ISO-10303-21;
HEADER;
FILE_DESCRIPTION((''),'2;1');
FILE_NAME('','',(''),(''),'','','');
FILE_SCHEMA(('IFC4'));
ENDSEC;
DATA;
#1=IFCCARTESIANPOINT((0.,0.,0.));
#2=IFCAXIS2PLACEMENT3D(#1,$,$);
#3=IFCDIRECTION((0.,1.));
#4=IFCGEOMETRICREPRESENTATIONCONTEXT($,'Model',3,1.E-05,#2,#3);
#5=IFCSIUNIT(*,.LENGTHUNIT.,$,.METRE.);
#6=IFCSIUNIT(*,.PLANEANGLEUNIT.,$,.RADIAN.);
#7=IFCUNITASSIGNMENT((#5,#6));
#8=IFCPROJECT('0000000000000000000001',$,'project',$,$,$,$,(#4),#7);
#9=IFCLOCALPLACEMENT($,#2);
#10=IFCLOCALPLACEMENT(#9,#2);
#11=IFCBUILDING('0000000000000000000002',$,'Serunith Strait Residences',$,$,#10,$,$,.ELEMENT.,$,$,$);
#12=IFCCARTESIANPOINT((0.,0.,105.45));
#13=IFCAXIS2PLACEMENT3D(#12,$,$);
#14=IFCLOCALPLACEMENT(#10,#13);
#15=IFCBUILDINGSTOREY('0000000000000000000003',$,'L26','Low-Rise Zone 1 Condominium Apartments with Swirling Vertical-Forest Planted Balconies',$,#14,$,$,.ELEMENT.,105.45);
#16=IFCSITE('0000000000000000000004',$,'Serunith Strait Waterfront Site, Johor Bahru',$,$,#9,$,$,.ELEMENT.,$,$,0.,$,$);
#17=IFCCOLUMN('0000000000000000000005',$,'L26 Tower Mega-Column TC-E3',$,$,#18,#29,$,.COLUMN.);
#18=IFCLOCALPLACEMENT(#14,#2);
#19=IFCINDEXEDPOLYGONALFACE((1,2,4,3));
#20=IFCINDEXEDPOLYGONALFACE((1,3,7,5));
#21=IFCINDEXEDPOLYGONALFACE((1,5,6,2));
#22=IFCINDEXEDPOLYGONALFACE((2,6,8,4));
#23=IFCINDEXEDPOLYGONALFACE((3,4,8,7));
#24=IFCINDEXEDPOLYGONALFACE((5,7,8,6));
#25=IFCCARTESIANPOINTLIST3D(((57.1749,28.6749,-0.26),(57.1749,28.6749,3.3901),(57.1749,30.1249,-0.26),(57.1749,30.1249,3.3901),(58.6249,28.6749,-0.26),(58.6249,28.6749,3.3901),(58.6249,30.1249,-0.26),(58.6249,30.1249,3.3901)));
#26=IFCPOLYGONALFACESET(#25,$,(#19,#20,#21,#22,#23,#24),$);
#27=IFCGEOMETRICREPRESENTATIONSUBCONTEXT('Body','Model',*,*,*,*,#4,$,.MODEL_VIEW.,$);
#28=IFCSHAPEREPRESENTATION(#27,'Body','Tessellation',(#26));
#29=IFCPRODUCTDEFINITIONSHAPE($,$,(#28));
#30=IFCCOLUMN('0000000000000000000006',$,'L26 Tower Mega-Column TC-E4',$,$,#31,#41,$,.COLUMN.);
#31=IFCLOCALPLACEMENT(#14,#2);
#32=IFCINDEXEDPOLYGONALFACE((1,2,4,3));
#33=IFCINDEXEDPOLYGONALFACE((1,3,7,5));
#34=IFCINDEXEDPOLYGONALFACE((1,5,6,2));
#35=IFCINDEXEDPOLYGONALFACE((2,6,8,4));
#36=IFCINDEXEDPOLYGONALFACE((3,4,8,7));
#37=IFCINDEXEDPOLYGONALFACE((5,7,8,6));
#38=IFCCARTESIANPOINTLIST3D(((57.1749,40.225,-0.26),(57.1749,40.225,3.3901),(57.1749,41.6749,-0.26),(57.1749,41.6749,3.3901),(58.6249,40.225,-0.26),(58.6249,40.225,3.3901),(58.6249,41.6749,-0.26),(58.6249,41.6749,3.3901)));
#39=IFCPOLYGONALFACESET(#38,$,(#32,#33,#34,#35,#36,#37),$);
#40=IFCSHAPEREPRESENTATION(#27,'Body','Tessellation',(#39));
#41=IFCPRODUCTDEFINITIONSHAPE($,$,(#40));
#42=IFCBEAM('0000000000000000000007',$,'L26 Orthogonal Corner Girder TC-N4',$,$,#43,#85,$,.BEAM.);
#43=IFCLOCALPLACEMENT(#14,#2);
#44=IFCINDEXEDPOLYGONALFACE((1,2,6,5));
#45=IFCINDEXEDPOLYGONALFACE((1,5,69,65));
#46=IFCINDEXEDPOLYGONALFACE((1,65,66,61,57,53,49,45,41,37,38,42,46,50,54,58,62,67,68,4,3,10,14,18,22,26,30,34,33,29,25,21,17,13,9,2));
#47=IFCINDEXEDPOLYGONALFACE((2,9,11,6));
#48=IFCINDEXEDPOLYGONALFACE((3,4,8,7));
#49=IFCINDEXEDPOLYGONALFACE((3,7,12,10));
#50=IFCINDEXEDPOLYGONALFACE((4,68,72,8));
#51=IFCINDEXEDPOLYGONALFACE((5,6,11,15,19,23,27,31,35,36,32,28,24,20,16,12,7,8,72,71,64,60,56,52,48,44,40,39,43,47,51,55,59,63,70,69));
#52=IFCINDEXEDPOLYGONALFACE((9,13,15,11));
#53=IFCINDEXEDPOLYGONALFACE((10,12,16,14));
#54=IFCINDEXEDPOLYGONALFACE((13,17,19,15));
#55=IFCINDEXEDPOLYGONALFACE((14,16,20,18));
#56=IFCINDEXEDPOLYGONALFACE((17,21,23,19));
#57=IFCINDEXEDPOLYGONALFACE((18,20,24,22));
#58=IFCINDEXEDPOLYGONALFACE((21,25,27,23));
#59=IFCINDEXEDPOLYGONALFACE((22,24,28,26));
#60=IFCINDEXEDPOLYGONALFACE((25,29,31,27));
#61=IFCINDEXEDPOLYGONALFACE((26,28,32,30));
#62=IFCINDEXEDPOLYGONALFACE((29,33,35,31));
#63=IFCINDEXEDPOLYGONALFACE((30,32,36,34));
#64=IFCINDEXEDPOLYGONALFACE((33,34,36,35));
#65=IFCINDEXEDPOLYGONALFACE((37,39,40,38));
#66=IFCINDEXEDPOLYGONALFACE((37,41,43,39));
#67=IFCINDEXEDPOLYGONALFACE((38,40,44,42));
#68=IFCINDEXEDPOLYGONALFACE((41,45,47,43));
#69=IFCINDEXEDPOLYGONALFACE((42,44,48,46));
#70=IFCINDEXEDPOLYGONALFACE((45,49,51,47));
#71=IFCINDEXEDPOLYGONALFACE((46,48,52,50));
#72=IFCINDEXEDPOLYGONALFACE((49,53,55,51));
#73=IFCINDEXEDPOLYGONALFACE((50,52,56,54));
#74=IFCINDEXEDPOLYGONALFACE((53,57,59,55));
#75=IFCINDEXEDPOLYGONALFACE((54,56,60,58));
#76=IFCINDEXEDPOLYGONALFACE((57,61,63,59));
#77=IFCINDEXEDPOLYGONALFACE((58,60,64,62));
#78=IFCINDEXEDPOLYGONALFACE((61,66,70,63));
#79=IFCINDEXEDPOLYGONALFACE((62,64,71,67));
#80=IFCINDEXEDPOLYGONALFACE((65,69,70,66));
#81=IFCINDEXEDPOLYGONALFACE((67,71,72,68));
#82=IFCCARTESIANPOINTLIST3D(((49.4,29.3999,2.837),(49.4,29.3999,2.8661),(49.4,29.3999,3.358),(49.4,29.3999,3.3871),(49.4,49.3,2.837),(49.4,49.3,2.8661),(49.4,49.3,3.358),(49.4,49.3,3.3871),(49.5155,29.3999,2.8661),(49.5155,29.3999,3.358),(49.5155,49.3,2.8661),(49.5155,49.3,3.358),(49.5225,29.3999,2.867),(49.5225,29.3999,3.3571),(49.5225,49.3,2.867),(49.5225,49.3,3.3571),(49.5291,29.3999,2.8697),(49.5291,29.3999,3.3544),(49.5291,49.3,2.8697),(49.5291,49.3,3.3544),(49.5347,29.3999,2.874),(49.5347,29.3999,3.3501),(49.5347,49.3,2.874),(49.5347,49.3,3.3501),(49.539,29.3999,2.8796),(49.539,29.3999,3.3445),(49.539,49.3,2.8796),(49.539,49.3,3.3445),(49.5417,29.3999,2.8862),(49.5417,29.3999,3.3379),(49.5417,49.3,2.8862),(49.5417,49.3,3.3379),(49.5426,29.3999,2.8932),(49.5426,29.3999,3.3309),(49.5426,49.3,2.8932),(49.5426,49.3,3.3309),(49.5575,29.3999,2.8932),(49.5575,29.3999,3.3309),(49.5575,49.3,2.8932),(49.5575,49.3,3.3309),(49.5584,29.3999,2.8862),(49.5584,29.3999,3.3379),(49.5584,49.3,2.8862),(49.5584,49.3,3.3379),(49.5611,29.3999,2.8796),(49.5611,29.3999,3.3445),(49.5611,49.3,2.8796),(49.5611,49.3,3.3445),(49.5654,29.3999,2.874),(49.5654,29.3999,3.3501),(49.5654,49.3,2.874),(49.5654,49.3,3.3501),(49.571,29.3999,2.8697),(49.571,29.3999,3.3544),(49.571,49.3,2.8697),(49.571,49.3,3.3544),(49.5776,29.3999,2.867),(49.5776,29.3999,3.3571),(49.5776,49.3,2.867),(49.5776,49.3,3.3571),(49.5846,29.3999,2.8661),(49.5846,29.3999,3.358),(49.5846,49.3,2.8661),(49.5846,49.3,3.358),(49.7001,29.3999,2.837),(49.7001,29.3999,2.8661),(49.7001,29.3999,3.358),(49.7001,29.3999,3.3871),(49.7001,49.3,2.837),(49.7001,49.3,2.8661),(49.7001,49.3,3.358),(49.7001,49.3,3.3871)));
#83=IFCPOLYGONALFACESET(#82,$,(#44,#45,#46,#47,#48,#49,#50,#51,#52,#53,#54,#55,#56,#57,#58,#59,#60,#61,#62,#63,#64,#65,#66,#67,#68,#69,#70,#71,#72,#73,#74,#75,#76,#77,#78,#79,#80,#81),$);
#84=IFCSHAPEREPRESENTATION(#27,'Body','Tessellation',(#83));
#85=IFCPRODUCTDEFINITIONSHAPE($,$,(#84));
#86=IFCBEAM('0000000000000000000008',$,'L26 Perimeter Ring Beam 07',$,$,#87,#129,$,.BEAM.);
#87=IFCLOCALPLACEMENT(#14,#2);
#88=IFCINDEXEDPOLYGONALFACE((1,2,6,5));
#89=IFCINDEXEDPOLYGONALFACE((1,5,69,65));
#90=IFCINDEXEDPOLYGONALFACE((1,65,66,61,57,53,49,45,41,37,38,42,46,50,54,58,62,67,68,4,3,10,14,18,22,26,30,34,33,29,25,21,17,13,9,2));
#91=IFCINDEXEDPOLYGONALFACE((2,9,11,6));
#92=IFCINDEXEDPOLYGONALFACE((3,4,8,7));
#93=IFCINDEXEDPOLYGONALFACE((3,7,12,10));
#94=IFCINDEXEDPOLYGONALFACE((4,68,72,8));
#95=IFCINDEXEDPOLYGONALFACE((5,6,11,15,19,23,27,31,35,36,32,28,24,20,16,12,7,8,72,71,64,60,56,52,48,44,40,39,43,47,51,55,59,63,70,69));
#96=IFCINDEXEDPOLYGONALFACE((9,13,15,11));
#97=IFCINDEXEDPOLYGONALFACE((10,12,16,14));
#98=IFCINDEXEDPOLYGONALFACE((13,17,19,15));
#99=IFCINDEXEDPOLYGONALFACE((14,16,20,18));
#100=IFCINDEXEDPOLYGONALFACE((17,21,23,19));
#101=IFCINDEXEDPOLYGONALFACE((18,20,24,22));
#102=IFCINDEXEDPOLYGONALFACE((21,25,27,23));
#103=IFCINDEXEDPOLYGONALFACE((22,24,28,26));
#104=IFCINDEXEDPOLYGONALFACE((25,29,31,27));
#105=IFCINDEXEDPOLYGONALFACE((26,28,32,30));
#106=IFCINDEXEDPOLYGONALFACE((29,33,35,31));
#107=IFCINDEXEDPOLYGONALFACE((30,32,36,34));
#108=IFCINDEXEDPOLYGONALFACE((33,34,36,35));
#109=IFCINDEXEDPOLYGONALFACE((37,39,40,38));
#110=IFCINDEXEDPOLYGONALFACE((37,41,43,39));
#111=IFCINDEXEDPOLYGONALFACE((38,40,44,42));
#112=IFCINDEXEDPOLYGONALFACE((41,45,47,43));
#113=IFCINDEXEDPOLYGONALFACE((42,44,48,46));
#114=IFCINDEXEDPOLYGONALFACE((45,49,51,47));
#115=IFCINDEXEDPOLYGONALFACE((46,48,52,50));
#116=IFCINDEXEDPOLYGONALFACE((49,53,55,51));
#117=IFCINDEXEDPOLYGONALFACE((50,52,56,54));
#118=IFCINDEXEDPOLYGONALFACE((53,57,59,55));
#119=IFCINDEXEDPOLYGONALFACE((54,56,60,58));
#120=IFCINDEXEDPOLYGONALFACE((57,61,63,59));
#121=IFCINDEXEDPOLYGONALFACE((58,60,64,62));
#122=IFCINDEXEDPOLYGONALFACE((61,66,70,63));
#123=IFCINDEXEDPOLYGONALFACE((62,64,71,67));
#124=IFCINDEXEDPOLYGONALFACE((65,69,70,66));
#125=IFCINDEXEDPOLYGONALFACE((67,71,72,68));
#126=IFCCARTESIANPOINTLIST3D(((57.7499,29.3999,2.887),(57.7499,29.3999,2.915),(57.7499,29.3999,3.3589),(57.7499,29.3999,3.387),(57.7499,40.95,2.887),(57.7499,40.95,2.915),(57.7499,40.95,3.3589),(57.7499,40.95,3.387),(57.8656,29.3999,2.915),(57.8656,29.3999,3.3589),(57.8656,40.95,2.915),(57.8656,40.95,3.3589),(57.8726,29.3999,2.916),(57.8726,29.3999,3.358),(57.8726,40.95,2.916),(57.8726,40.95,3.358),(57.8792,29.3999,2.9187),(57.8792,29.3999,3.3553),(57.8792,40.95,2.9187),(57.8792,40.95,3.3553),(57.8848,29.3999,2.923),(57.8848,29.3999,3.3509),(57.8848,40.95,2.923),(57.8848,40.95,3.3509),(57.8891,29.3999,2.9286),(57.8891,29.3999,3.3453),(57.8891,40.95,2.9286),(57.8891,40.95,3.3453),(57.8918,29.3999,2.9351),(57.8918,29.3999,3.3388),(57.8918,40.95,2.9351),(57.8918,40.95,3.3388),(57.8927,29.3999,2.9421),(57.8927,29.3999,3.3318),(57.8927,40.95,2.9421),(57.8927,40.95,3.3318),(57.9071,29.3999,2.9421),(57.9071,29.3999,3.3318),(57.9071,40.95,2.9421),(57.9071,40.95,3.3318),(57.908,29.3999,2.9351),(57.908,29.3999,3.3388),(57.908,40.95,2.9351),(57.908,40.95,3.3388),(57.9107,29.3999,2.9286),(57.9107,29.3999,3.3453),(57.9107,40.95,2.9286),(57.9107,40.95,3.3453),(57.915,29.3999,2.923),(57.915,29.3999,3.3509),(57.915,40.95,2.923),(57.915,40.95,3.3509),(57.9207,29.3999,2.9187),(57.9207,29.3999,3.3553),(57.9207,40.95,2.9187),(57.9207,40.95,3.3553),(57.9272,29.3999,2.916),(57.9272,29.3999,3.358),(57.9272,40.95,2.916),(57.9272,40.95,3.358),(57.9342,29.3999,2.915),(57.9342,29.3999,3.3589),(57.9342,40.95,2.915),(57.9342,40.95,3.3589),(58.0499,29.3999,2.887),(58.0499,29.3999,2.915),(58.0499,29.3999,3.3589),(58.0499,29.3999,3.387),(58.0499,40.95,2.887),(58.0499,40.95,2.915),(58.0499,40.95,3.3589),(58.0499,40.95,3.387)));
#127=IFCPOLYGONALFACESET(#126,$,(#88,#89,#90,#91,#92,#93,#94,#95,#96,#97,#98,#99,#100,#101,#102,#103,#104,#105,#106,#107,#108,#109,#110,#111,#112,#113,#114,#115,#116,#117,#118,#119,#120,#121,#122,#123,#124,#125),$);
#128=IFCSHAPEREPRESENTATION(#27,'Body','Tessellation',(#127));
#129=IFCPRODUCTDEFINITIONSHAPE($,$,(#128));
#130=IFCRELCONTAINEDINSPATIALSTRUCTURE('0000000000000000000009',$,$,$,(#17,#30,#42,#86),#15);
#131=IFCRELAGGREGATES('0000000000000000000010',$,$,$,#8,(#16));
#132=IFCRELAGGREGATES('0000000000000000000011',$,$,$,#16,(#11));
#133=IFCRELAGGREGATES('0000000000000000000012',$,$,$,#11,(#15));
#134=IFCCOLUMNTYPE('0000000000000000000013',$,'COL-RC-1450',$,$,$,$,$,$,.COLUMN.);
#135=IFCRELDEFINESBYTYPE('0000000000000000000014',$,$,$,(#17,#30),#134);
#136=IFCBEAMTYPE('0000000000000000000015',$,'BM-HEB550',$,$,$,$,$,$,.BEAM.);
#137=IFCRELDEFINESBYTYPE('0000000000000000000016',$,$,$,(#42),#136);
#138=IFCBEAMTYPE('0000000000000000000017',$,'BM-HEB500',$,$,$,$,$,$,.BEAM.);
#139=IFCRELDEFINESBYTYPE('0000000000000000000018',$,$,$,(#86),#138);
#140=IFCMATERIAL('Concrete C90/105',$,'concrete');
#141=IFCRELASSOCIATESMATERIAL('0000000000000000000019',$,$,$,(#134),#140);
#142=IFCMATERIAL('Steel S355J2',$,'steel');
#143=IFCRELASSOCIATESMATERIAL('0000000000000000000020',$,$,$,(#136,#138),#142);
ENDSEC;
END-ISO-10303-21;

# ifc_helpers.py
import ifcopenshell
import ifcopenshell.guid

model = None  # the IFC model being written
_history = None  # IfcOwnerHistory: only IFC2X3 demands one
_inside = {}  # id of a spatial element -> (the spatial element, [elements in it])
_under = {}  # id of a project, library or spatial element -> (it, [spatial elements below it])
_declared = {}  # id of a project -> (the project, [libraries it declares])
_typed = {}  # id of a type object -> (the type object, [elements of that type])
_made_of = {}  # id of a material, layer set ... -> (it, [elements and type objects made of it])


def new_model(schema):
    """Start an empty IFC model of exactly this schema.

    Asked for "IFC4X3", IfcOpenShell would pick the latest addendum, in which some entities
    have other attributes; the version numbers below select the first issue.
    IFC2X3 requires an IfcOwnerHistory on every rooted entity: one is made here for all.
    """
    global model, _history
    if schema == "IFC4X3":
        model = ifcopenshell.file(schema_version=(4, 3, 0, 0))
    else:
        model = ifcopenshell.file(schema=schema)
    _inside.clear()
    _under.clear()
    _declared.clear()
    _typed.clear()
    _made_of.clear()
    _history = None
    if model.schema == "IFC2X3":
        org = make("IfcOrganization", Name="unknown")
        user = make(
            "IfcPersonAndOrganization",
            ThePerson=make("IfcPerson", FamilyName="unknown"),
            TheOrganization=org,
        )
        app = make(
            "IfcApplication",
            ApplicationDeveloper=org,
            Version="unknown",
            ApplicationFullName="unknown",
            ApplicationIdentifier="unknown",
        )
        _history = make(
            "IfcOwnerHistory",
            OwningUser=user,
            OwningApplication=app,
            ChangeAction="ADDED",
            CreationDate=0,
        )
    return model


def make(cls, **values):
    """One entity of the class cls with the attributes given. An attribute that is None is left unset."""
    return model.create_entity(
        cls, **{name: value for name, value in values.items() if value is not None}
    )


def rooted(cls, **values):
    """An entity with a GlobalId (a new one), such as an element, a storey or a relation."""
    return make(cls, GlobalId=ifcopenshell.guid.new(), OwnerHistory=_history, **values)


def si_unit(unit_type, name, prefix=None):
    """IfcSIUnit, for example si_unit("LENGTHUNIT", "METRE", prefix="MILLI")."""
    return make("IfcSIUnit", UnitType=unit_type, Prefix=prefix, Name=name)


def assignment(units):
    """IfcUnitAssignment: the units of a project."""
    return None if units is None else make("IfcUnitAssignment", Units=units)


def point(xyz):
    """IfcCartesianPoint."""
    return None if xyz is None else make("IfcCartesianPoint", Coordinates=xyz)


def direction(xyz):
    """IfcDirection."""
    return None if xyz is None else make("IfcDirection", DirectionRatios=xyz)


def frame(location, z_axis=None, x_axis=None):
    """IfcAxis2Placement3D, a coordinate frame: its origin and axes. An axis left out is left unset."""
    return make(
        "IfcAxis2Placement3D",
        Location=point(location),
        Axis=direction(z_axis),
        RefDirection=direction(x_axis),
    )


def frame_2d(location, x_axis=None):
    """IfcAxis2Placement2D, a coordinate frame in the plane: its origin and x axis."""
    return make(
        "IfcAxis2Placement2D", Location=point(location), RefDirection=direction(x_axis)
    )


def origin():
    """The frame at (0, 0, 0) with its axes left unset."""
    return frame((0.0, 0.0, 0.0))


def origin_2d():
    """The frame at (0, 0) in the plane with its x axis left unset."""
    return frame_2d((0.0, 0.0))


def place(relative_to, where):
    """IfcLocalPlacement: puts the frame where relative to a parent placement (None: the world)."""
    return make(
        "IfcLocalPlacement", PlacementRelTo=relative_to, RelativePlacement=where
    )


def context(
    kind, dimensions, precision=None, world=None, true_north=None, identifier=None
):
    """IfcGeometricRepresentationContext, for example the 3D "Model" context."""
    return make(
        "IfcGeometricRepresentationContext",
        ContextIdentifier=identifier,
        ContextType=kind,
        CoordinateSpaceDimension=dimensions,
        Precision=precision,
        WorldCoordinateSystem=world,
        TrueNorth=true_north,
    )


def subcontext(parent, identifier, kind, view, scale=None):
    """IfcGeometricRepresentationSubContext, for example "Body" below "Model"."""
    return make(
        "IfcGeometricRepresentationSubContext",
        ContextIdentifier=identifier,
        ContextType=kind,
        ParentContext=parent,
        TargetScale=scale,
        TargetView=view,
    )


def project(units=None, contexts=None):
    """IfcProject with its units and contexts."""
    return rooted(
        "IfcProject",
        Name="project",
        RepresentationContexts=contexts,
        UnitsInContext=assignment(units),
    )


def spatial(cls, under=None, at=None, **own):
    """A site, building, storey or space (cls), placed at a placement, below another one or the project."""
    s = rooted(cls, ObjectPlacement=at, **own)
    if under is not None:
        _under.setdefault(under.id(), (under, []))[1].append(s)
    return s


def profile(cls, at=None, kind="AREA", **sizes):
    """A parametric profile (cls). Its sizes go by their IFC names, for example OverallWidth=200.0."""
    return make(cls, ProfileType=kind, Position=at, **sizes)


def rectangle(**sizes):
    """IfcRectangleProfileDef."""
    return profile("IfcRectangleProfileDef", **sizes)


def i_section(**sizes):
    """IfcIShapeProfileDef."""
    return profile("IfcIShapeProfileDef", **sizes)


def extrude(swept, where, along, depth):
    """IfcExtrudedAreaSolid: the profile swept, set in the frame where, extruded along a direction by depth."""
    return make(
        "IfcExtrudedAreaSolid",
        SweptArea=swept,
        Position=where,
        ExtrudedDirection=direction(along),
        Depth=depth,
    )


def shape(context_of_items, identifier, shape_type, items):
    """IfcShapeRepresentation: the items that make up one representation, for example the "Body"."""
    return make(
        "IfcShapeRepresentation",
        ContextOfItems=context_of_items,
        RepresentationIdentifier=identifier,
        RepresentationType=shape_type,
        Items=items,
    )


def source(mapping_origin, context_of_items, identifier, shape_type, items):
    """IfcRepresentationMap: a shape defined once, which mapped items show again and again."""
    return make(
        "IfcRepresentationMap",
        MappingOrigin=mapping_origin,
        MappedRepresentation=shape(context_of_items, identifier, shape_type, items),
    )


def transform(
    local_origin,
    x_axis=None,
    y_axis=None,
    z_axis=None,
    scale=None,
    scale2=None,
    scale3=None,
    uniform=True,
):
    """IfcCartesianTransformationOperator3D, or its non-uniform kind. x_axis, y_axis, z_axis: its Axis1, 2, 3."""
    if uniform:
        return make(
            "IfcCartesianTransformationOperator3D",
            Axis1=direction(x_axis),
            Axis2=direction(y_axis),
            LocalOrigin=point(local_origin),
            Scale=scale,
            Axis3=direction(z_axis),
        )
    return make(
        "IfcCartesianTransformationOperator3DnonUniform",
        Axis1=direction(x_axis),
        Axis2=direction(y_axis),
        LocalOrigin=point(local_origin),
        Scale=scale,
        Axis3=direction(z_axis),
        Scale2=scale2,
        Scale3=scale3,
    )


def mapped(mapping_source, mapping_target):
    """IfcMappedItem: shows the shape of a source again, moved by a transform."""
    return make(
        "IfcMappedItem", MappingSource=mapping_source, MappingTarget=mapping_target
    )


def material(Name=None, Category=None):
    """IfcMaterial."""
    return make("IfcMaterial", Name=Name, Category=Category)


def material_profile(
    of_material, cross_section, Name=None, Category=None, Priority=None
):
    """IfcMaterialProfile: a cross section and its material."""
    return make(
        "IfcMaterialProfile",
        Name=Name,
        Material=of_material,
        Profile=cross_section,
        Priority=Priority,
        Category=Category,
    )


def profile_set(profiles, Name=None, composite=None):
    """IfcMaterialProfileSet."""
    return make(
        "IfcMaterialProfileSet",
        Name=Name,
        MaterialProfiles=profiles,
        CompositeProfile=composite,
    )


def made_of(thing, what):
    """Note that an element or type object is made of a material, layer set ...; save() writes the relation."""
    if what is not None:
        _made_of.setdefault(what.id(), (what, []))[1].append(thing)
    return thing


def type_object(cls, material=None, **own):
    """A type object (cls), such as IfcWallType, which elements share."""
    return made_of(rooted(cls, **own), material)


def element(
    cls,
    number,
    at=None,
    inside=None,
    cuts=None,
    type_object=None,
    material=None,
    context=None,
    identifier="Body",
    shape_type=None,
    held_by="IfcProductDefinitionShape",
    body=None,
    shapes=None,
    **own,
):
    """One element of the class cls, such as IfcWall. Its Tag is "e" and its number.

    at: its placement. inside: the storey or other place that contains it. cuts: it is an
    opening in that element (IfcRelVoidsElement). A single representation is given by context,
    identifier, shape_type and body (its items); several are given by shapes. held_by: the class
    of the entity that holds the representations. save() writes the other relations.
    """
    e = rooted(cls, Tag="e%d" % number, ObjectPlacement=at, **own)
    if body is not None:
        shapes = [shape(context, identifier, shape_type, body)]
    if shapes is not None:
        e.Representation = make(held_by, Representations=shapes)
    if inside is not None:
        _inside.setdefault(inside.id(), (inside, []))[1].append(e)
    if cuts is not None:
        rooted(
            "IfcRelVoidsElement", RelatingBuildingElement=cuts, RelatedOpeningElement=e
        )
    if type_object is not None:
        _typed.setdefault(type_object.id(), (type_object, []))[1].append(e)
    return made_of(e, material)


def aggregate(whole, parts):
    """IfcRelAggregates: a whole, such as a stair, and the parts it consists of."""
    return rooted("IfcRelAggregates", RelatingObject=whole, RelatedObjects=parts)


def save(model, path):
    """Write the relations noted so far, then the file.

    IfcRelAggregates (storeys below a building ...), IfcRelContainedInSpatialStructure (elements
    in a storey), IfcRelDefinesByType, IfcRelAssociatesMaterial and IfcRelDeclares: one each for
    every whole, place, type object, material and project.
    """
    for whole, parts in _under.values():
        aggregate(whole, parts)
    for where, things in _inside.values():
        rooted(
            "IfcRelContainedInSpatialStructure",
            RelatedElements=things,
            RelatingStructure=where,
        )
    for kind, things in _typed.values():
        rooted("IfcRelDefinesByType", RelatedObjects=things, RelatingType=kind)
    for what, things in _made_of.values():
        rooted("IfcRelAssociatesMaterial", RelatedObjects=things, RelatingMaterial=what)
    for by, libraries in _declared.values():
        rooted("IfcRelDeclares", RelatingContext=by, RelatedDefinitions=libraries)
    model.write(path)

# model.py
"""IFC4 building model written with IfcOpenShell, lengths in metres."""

from ifc_helpers import new_model, si_unit, direction, frame, origin, origin_2d, place, context, subcontext, project, spatial, rectangle, i_section, extrude, source, transform, mapped, material, material_profile, profile_set, type_object, element, save


model = new_model("IFC4")

# Units and contexts
model_context = context("Model", 3, precision=1e-05, world=origin(), true_north=direction((0.0, 1.0)))
body_context = subcontext(model_context, "Body", "Model", "MODEL_VIEW")
ifc_project = project(units=[si_unit("LENGTHUNIT", "METRE"), si_unit("PLANEANGLEUNIT", "RADIAN")], contexts=[model_context])

# Site, building, storey
site_placement = place(None, origin())
site = spatial("IfcSite", under=ifc_project, at=site_placement, Name="Serunith Strait Waterfront Site, Johor Bahru", CompositionType="ELEMENT", RefElevation=0.0)
building_placement = place(site_placement, origin())
building = spatial("IfcBuilding", under=site, at=building_placement, Name="Serunith Strait Residences", CompositionType="ELEMENT")
storey_placement = place(building_placement, frame((0.0, 0.0, 105.45)))
storey = spatial("IfcBuildingStorey", under=building, at=storey_placement, Name="L26", Description="Low-Rise Zone 1 Condominium Apartments with Swirling Vertical-Forest Planted Balconies", CompositionType="ELEMENT", Elevation=105.45)

# Columns
ifc_material_1 = material(Name="Concrete C90/105", Category="concrete")
ifc_material_profile_1 = material_profile(ifc_material_1, rectangle(XDim=1.45, YDim=1.45, at=origin_2d()), Name="RC 1450x1450")
ifc_profile_set_1 = profile_set([ifc_material_profile_1], Name="Concrete C90/105")
column_type = type_object("IfcColumnType", Name="COL-RC-1450", PredefinedType="COLUMN", material=ifc_profile_set_1)
shared_shape_1 = source(origin(), body_context, "Body", "SweptSolid", [
    extrude(rectangle(XDim=1.45, YDim=1.45, at=origin_2d()), origin(), (0.0, 0.0, 1.0), 3.6501),
])
for number, where, z_axis, x_axis, name in (
    (1, (57.8999, 29.3999, -0.26), (0.0, 0.0, 1.0), (1.0, 0.0, 0.0), "L26 Tower Mega-Column TC-E3"),
    (2, (57.8999, 40.95, -0.26), (0.0, 0.0, 1.0), (1.0, 0.0, 0.0), "L26 Tower Mega-Column TC-E4"),
):
    element("IfcColumn", number, at=place(storey_placement, frame(where, z_axis=z_axis, x_axis=x_axis)), inside=storey, type_object=column_type, Name=name, PredefinedType="COLUMN", context=body_context, shape_type="MappedRepresentation", body=[
        mapped(shared_shape_1, transform((0.0, 0.0, 0.0), scale=1.0)),
    ])

# Beams
ifc_material_2 = material(Name="Steel S355J2", Category="steel")
ifc_material_profile_2 = material_profile(ifc_material_2, i_section(OverallWidth=0.3, OverallDepth=0.55, WebThickness=0.0149, FlangeThickness=0.0291, FilletRadius=0.0271, at=origin_2d()), Name="HEB 550")
ifc_profile_set_2 = profile_set([ifc_material_profile_2], Name="Steel S355J2")
beam_type_1 = type_object("IfcBeamType", Name="BM-HEB550", PredefinedType="BEAM", material=ifc_profile_set_2)
shared_shape_2 = source(origin(), body_context, "Body", "SweptSolid", [
    extrude(i_section(OverallWidth=0.3, OverallDepth=0.55, WebThickness=0.0149, FlangeThickness=0.0291, FilletRadius=0.0271, at=origin_2d()), origin(), (0.0, 0.0, 1.0), 19.9001),
])
beam_1_placement = place(storey_placement, frame((49.55, 29.3999, 3.1121), z_axis=(0.0, 1.0, 0.0), x_axis=(-1.0, 0.0, 0.0)))
element("IfcBeam", 3, at=beam_1_placement, inside=storey, type_object=beam_type_1, Name="L26 Orthogonal Corner Girder TC-N4", PredefinedType="BEAM", context=body_context, shape_type="MappedRepresentation", body=[
    mapped(shared_shape_2, transform((0.0, 0.0, 0.0), scale=1.0)),
])
ifc_material_profile_3 = material_profile(ifc_material_2, i_section(OverallWidth=0.3, OverallDepth=0.5, WebThickness=0.0144, FlangeThickness=0.0281, FilletRadius=0.0271, at=origin_2d()), Name="HEB 500")
ifc_profile_set_3 = profile_set([ifc_material_profile_3], Name="Steel S355J2")
beam_type_2 = type_object("IfcBeamType", Name="BM-HEB500", PredefinedType="BEAM", material=ifc_profile_set_3)
shared_shape_3 = source(origin(), body_context, "Body", "SweptSolid", [
    extrude(i_section(OverallWidth=0.3, OverallDepth=0.5, WebThickness=0.0144, FlangeThickness=0.0281, FilletRadius=0.0271, at=origin_2d()), origin(), (0.0, 0.0, 1.0), 11.55),
])
beam_2_placement = place(storey_placement, frame((57.8999, 29.3999, 3.137), z_axis=(0.0, 1.0, 0.0), x_axis=(-1.0, 0.0, 0.0)))
element("IfcBeam", 4, at=beam_2_placement, inside=storey, type_object=beam_type_2, Name="L26 Perimeter Ring Beam 07", PredefinedType="BEAM", context=body_context, shape_type="MappedRepresentation", body=[
    mapped(shared_shape_3, transform((0.0, 0.0, 0.0), scale=1.0)),
])

save(model, "model.ifc")
